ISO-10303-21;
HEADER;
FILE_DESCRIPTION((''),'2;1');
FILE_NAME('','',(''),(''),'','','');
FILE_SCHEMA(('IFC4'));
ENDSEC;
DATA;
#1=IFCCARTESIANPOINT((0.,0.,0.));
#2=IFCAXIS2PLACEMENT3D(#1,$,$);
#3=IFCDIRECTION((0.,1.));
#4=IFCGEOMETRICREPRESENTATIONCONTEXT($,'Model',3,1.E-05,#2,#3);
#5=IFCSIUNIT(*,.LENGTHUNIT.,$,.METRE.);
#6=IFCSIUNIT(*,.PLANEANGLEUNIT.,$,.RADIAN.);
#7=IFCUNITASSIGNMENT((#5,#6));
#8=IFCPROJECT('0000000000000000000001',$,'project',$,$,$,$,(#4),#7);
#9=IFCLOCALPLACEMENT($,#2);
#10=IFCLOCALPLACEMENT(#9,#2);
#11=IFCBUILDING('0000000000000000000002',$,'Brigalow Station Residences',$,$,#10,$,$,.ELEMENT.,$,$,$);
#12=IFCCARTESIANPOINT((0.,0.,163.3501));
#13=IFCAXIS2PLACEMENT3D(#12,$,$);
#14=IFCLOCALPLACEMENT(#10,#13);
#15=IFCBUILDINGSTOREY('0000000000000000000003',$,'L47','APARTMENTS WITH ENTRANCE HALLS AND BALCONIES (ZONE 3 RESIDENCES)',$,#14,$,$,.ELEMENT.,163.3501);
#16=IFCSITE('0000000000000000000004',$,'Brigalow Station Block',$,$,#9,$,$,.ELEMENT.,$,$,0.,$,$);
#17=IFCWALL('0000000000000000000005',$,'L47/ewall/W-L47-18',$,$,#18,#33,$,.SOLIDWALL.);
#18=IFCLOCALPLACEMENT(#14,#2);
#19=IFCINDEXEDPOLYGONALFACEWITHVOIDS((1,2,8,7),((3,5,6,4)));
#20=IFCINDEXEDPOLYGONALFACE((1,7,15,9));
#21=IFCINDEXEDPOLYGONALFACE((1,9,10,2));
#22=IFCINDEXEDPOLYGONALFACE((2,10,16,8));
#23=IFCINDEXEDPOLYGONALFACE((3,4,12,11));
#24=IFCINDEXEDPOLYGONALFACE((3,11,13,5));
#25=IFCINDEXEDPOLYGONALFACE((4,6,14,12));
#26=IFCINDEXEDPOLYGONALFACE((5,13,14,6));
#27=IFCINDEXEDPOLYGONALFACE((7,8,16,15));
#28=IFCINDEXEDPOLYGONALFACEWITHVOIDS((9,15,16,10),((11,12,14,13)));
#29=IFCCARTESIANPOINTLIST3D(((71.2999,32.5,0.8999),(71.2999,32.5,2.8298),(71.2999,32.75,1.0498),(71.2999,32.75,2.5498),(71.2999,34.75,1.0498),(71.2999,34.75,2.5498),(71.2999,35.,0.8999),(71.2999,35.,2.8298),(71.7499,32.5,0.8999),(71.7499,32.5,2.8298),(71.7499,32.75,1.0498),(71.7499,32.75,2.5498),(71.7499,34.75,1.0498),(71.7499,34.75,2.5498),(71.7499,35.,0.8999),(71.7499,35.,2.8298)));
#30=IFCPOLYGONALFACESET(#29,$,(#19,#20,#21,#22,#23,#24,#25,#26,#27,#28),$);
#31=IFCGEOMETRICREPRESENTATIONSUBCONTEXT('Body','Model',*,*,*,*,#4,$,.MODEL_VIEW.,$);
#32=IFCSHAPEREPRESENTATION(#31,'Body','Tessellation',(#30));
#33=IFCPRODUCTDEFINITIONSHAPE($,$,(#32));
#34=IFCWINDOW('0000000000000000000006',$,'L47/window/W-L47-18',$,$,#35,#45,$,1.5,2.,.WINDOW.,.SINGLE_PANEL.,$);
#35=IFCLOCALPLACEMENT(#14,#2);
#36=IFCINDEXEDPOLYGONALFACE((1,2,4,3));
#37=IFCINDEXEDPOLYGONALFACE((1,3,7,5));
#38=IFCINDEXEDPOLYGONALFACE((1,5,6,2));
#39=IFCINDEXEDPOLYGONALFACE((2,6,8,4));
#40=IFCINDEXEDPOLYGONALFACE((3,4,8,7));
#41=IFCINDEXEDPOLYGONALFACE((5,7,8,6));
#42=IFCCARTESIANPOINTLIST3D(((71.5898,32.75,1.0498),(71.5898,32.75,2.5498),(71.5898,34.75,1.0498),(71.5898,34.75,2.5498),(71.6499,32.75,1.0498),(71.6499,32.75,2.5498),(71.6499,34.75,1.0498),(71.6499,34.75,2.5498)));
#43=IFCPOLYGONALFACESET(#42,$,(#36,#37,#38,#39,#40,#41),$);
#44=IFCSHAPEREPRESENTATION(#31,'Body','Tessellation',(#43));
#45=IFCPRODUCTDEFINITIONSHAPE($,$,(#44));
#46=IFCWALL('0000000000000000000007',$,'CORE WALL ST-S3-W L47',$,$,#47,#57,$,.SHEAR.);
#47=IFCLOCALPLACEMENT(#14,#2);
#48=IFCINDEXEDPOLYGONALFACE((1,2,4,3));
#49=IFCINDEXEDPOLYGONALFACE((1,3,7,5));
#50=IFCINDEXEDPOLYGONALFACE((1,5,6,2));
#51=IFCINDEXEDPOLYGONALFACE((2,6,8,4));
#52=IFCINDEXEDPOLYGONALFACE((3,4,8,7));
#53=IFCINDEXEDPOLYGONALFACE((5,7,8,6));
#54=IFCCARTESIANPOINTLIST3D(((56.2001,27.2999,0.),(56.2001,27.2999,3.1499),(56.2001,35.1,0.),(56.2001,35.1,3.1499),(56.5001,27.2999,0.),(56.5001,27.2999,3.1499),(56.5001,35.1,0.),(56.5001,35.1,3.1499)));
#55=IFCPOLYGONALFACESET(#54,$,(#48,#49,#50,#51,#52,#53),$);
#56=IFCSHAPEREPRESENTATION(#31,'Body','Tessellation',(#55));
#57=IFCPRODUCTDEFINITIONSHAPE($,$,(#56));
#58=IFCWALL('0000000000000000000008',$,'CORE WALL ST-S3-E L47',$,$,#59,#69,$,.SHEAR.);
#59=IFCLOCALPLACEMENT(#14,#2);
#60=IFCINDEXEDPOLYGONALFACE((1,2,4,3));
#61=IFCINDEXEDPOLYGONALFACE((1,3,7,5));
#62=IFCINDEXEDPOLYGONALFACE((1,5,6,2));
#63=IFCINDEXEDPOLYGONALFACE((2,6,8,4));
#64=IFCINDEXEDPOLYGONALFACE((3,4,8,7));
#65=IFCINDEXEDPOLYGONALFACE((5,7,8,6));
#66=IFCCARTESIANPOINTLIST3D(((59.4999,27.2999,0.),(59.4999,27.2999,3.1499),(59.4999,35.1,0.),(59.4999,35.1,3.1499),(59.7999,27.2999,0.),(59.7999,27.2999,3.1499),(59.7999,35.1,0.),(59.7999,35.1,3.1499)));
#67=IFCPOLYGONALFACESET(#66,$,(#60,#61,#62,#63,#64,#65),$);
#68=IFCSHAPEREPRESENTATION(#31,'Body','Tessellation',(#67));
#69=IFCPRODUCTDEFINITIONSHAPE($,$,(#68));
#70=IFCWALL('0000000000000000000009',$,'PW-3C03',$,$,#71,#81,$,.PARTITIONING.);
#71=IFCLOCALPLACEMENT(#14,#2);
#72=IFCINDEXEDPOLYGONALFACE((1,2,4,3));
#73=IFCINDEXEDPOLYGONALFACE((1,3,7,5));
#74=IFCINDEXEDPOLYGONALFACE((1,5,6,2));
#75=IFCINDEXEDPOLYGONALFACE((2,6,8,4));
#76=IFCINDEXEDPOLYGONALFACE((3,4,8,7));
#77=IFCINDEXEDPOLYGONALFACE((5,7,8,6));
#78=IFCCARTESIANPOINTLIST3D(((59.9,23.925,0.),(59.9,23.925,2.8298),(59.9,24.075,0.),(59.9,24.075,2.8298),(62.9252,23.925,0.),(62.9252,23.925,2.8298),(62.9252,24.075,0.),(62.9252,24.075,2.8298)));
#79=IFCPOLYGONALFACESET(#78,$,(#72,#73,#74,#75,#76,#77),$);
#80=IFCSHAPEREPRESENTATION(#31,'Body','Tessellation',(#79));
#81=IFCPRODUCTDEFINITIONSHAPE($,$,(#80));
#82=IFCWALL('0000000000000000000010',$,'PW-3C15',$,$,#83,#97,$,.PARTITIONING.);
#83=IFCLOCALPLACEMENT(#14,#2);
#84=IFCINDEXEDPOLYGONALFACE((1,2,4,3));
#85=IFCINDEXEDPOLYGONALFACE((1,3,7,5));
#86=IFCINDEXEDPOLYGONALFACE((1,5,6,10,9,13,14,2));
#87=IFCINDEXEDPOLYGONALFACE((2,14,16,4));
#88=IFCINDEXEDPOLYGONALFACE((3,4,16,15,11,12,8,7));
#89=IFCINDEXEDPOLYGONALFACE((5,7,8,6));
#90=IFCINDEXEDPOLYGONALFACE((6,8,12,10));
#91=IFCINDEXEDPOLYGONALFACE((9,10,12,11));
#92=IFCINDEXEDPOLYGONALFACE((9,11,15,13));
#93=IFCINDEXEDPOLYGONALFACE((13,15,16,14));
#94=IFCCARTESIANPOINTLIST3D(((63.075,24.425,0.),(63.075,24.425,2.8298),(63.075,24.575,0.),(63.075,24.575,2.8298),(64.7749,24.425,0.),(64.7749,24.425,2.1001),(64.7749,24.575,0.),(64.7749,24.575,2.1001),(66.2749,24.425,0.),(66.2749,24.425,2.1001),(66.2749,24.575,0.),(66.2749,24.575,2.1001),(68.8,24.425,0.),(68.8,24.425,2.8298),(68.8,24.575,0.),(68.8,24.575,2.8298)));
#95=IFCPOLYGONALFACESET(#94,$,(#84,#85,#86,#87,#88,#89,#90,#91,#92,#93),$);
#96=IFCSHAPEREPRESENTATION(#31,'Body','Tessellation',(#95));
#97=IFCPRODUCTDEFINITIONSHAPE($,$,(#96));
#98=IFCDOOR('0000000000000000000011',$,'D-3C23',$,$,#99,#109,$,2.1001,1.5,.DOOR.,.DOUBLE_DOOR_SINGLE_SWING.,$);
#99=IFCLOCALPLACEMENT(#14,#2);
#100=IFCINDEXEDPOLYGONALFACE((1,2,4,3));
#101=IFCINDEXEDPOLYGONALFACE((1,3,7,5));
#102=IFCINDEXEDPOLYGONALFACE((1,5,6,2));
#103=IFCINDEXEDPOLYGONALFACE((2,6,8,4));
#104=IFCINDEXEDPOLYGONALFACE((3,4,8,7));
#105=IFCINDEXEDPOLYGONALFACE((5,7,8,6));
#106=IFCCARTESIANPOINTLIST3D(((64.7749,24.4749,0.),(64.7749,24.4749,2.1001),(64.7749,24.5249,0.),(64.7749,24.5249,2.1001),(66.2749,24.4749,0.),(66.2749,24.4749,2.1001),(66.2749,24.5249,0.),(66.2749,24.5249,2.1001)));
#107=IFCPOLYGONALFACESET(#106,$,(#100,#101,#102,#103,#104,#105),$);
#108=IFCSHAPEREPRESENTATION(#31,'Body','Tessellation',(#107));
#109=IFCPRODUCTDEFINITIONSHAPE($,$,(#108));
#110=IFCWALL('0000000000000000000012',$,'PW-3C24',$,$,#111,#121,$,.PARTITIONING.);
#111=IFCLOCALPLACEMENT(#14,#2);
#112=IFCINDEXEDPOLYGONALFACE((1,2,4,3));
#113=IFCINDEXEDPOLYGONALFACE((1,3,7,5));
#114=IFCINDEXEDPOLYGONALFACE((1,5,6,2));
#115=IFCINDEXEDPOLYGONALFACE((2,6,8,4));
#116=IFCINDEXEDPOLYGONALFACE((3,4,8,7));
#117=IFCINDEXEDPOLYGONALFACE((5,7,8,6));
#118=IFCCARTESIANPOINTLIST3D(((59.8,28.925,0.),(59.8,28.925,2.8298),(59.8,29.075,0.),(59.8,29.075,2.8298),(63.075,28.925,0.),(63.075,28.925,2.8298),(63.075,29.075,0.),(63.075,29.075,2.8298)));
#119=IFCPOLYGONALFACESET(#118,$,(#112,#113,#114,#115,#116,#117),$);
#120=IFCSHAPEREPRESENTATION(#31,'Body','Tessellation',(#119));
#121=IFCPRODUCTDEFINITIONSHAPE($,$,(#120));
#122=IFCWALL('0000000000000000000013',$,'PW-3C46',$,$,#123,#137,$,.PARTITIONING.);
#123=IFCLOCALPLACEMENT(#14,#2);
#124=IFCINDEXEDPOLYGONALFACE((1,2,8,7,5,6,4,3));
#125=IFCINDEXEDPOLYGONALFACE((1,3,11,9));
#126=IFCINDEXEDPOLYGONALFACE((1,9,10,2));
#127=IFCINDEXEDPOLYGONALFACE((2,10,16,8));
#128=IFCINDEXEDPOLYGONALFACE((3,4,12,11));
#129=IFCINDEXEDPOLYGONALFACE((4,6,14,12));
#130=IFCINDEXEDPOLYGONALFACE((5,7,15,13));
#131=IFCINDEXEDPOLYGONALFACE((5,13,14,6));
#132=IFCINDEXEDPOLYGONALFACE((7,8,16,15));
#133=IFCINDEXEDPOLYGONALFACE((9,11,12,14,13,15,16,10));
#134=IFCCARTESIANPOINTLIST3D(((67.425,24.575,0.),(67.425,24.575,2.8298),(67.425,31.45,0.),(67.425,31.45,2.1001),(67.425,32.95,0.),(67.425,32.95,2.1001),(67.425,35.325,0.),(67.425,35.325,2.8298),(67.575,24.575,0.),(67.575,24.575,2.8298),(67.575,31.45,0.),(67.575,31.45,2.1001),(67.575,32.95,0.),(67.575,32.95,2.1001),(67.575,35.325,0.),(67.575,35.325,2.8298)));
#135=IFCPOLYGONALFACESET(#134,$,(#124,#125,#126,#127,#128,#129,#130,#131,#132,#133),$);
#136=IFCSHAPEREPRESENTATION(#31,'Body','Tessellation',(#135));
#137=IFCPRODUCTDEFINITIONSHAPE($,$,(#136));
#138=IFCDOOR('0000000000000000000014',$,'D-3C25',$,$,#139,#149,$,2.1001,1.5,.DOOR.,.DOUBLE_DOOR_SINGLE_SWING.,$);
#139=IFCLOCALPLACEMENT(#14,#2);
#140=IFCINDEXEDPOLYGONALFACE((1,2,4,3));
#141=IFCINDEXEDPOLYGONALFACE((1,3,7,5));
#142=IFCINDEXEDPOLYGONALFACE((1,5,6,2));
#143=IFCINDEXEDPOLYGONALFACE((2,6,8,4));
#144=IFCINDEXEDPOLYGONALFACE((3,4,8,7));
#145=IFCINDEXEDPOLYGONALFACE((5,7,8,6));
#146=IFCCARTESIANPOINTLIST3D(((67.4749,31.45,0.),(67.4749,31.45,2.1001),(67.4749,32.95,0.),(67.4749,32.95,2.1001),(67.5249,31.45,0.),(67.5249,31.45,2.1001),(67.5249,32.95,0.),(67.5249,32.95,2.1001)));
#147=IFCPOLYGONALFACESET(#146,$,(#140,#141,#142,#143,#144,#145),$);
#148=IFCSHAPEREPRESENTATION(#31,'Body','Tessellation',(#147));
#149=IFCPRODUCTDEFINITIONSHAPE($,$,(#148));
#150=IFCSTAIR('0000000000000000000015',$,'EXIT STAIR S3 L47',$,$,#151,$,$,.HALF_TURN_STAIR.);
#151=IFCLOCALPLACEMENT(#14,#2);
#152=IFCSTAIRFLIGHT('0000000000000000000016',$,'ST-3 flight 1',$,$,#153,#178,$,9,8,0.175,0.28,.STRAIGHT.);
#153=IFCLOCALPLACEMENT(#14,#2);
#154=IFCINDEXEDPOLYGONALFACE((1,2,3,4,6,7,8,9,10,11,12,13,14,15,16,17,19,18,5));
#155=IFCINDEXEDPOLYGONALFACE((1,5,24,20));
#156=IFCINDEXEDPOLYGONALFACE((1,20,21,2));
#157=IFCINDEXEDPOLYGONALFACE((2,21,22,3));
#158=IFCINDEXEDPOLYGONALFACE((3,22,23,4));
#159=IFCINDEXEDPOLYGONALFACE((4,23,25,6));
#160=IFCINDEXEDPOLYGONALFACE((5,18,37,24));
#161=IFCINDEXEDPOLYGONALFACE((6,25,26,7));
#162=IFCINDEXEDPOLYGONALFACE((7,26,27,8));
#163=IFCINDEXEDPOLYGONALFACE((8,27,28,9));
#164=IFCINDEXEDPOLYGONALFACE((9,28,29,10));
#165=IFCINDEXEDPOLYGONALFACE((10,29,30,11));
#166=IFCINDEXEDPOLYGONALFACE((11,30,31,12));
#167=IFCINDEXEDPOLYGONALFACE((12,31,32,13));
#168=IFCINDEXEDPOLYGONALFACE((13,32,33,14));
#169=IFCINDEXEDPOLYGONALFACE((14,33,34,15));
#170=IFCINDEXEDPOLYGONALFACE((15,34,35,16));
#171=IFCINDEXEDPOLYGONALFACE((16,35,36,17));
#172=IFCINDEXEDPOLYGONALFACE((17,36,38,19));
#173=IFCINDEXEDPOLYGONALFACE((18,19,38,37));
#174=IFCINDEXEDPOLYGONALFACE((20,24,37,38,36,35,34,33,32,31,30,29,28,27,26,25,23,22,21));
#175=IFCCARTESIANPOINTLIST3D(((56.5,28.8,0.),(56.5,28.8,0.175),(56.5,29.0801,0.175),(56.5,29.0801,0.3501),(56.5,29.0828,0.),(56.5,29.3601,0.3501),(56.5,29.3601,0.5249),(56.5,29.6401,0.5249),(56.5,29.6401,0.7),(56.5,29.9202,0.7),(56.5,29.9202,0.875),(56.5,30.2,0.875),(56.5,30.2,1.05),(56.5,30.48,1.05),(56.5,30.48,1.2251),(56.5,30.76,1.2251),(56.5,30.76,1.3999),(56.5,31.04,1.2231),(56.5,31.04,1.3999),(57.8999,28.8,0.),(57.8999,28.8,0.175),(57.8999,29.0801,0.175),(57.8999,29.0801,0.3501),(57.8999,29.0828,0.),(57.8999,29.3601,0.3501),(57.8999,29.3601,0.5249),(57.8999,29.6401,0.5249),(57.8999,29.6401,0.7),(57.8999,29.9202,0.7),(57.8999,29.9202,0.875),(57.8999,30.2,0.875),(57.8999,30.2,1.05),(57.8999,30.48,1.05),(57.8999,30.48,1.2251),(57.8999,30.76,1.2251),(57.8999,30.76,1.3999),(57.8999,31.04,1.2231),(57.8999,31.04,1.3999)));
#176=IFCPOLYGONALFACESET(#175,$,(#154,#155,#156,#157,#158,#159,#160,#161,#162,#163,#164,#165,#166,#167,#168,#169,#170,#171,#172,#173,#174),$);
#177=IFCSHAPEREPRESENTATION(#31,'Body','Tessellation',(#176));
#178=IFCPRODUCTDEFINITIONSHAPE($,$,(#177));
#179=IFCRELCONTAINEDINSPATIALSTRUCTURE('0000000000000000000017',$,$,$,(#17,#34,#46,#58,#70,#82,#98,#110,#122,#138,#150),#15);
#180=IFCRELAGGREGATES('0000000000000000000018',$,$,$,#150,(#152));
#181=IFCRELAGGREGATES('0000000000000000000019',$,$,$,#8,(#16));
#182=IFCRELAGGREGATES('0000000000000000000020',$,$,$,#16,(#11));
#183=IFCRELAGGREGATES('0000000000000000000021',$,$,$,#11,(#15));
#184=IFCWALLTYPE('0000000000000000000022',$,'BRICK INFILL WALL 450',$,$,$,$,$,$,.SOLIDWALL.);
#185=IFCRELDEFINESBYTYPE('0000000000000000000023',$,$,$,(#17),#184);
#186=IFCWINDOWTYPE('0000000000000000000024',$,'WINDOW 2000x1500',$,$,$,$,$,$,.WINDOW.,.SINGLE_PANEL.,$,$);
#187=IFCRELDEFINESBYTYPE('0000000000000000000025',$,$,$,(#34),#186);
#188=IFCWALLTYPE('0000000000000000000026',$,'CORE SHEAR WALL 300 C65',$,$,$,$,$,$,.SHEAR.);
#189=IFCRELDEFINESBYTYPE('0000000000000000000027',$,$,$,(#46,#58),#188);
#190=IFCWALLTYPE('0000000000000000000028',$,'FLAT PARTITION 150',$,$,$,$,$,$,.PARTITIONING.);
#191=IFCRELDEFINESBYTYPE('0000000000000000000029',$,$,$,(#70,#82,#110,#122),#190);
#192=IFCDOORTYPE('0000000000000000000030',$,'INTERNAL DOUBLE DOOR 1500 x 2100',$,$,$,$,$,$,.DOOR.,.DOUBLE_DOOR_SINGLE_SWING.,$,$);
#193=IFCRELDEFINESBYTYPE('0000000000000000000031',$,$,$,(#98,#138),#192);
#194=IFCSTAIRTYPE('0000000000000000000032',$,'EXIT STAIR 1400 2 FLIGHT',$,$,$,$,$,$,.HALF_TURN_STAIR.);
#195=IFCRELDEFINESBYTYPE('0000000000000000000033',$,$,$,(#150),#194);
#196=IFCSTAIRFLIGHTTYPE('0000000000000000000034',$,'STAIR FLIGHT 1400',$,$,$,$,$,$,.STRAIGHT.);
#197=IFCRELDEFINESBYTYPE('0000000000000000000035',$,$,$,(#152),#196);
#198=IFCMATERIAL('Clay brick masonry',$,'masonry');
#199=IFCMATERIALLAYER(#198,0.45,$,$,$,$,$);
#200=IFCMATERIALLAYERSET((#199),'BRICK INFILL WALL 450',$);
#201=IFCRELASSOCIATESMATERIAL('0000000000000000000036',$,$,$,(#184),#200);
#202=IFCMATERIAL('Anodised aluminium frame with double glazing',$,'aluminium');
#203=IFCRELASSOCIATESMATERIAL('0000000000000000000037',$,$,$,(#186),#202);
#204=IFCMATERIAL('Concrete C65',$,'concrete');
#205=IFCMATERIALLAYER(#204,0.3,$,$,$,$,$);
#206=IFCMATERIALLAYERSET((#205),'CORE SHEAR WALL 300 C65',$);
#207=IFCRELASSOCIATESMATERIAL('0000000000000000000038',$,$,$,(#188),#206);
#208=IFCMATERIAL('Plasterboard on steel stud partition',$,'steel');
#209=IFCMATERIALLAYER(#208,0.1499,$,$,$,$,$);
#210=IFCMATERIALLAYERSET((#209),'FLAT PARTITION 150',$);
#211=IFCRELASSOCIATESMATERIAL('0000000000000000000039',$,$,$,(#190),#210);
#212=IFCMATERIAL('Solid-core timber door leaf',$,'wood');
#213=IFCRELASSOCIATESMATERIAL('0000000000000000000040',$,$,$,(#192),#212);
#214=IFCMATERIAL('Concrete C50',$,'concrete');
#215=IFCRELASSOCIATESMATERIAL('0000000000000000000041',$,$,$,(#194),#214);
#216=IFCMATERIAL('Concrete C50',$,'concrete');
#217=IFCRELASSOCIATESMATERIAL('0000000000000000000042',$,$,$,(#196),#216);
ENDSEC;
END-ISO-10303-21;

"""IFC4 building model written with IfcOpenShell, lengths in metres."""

from ifc_helpers import new_model, si_unit, direction, frame, frame_2d, origin, place, context, subcontext, project, spatial, polyline, rectangle, outline, extrude, material, layer, layer_set, type_object, element, fill, aggregate, save


model = new_model("IFC4")

# Units and contexts
model_context = context("Model", 3, precision=1e-05, world=origin(), true_north=direction((0.0, 1.0)))
body_context = subcontext(model_context, "Body", "Model", "MODEL_VIEW")
ifc_project = project(units=[si_unit("LENGTHUNIT", "METRE"), si_unit("PLANEANGLEUNIT", "RADIAN")], contexts=[model_context])

# Site, building, storey
site_placement = place(None, origin())
site = spatial("IfcSite", under=ifc_project, at=site_placement, Name="Brigalow Station Block", CompositionType="ELEMENT", RefElevation=0.0)
building_placement = place(site_placement, origin())
building = spatial("IfcBuilding", under=site, at=building_placement, Name="Brigalow Station Residences", CompositionType="ELEMENT")
storey_placement = place(building_placement, frame((0.0, 0.0, 163.3501)))
storey = spatial("IfcBuildingStorey", under=building, at=storey_placement, Name="L47", Description="APARTMENTS WITH ENTRANCE HALLS AND BALCONIES (ZONE 3 RESIDENCES)", CompositionType="ELEMENT", Elevation=163.3501)

# Shared definitions
ifc_material_1 = material(Name="Clay brick masonry", Category="masonry")
ifc_layer_1 = layer(ifc_material_1, 0.45)
ifc_layer_set_1 = layer_set([ifc_layer_1], Name="BRICK INFILL WALL 450")
wall_type_1 = type_object("IfcWallType", Name="BRICK INFILL WALL 450", PredefinedType="SOLIDWALL", material=ifc_layer_set_1)

# Wall, opening, window
wall_1_placement = place(storey_placement, frame((71.5249, 32.5, 0.8999), z_axis=(0.0, 0.0, 1.0), x_axis=(0.0, 1.0, 0.0)))
wall_1 = element("IfcWall", 1, at=wall_1_placement, inside=storey, type_object=wall_type_1, Name="L47/ewall/W-L47-18", PredefinedType="SOLIDWALL", context=body_context, shape_type="SweptSolid", body=[
    extrude(rectangle(XDim=2.5, YDim=0.45, at=frame_2d((1.25, 0.0))), origin(), (0.0, 0.0, 1.0), 1.9299),
])
opening_1_placement = place(wall_1_placement, frame((0.25, 0.0, 0.1499)))
opening_1 = element("IfcOpeningElement", 2, at=opening_1_placement, cuts=wall_1, PredefinedType="OPENING", context=body_context, shape_type="SweptSolid", body=[
    extrude(rectangle(XDim=2.0, YDim=1.5, at=frame_2d((1.0, 0.75))), frame((0.0, 0.2349, 0.0), z_axis=(0.0, -1.0, 0.0), x_axis=(1.0, 0.0, 0.0)), (0.0, 0.0, 1.0), 0.47),
])
ifc_material_2 = material(Name="Anodised aluminium frame with double glazing", Category="aluminium")
window_type_1 = type_object("IfcWindowType", Name="WINDOW 2000x1500", PartitioningType="SINGLE_PANEL", PredefinedType="WINDOW", material=ifc_material_2)
window_1_placement = place(opening_1_placement, origin())
window_1 = element("IfcWindow", 3, at=window_1_placement, inside=storey, type_object=window_type_1, Name="L47/window/W-L47-18", OverallHeight=1.5, OverallWidth=2.0, PartitioningType="SINGLE_PANEL", PredefinedType="WINDOW", context=body_context, shape_type="SweptSolid", body=[
    extrude(rectangle(XDim=2.0, YDim=1.5, at=frame_2d((1.0, 0.75))), frame((0.0, -0.0649, 0.0), z_axis=(0.0, -1.0, 0.0), x_axis=(1.0, 0.0, 0.0)), (0.0, 0.0, 1.0), 0.0601),
])
fill(opening_1, window_1)

# Walls
ifc_material_3 = material(Name="Concrete C65", Category="concrete")
ifc_layer_2 = layer(ifc_material_3, 0.3)
ifc_layer_set_2 = layer_set([ifc_layer_2], Name="CORE SHEAR WALL 300 C65")
wall_type_2 = type_object("IfcWallType", Name="CORE SHEAR WALL 300 C65", PredefinedType="SHEAR", material=ifc_layer_set_2)
for number, where, z_axis, x_axis, name in (
    (4, (56.3501, 27.3, 0.0), (0.0, 0.0, 1.0), (0.0, 1.0, 0.0), "CORE WALL ST-S3-W L47"),
    (5, (59.6499, 27.3, 0.0), (0.0, 0.0, 1.0), (0.0, 1.0, 0.0), "CORE WALL ST-S3-E L47"),
):
    element("IfcWall", number, at=place(storey_placement, frame(where, z_axis=z_axis, x_axis=x_axis)), inside=storey, type_object=wall_type_2, Name=name, PredefinedType="SHEAR", context=body_context, shape_type="SweptSolid", body=[
        extrude(rectangle(XDim=7.8, YDim=0.3, at=frame_2d((3.8999, 0.0))), origin(), (0.0, 0.0, 1.0), 3.1499),
    ])
ifc_material_4 = material(Name="Plasterboard on steel stud partition", Category="steel")
ifc_layer_3 = layer(ifc_material_4, 0.1499)
ifc_layer_set_3 = layer_set([ifc_layer_3], Name="FLAT PARTITION 150")
wall_type_3 = type_object("IfcWallType", Name="FLAT PARTITION 150", PredefinedType="PARTITIONING", material=ifc_layer_set_3)
wall_2_placement = place(storey_placement, frame((59.8999, 24.0, 0.0), z_axis=(0.0, 0.0, 1.0), x_axis=(1.0, 0.0, 0.0)))
element("IfcWall", 6, at=wall_2_placement, inside=storey, type_object=wall_type_3, Name="PW-3C03", PredefinedType="PARTITIONING", context=body_context, shape_type="SweptSolid", body=[
    extrude(rectangle(XDim=3.0251, YDim=0.1499, at=frame_2d((1.5127, 0.0))), origin(), (0.0, 0.0, 1.0), 2.8298),
])

# Wall, opening, door
wall_3_placement = place(storey_placement, frame((63.075, 24.5, 0.0), z_axis=(0.0, 0.0, 1.0), x_axis=(1.0, 0.0, 0.0)))
wall_3 = element("IfcWall", 7, at=wall_3_placement, inside=storey, type_object=wall_type_3, Name="PW-3C15", PredefinedType="PARTITIONING", context=body_context, shape_type="SweptSolid", body=[
    extrude(rectangle(XDim=5.7251, YDim=0.1499, at=frame_2d((2.8625, 0.0))), origin(), (0.0, 0.0, 1.0), 2.8298),
])
opening_2_placement = place(wall_3_placement, frame((1.7, 0.0, 0.0)))
opening_2 = element("IfcOpeningElement", 8, at=opening_2_placement, cuts=wall_3, PredefinedType="OPENING", context=body_context, shape_type="SweptSolid", body=[
    extrude(rectangle(XDim=1.5, YDim=2.1001, at=frame_2d((0.75, 1.05))), frame((0.0, 0.085, 0.0), z_axis=(0.0, -1.0, 0.0), x_axis=(1.0, 0.0, 0.0)), (0.0, 0.0, 1.0), 0.1699),
])
ifc_material_5 = material(Name="Solid-core timber door leaf", Category="wood")
door_type_1 = type_object("IfcDoorType", Name="INTERNAL DOUBLE DOOR 1500 x 2100", OperationType="DOUBLE_DOOR_SINGLE_SWING", PredefinedType="DOOR", material=ifc_material_5)
door_1_placement = place(opening_2_placement, origin())
door_1 = element("IfcDoor", 9, at=door_1_placement, inside=storey, type_object=door_type_1, Name="D-3C23", OperationType="DOUBLE_DOOR_SINGLE_SWING", OverallHeight=2.1001, OverallWidth=1.5, PredefinedType="DOOR", context=body_context, shape_type="SweptSolid", body=[
    extrude(rectangle(XDim=1.5, YDim=2.1001, at=frame_2d((0.75, 1.05))), frame((0.0, 0.0249, 0.0), z_axis=(0.0, -1.0, 0.0), x_axis=(1.0, 0.0, 0.0)), (0.0, 0.0, 1.0), 0.05),
])
fill(opening_2, door_1)

# Wall
wall_4_placement = place(storey_placement, frame((59.8, 29.0, 0.0), z_axis=(0.0, 0.0, 1.0), x_axis=(1.0, 0.0, 0.0)))
element("IfcWall", 10, at=wall_4_placement, inside=storey, type_object=wall_type_3, Name="PW-3C24", PredefinedType="PARTITIONING", context=body_context, shape_type="SweptSolid", body=[
    extrude(rectangle(XDim=3.2749, YDim=0.1499, at=frame_2d((1.6375, 0.0))), origin(), (0.0, 0.0, 1.0), 2.8298),
])

# Wall, opening, door
wall_5_placement = place(storey_placement, frame((67.5, 24.575, 0.0), z_axis=(0.0, 0.0, 1.0), x_axis=(0.0, 1.0, 0.0)))
wall_5 = element("IfcWall", 11, at=wall_5_placement, inside=storey, type_object=wall_type_3, Name="PW-3C46", PredefinedType="PARTITIONING", context=body_context, shape_type="SweptSolid", body=[
    extrude(rectangle(XDim=10.75, YDim=0.1499, at=frame_2d((5.375, 0.0))), origin(), (0.0, 0.0, 1.0), 2.8298),
])
opening_3_placement = place(wall_5_placement, frame((6.875, 0.0, 0.0)))
opening_3 = element("IfcOpeningElement", 12, at=opening_3_placement, cuts=wall_5, PredefinedType="OPENING", context=body_context, shape_type="SweptSolid", body=[
    extrude(rectangle(XDim=1.5, YDim=2.1001, at=frame_2d((0.75, 1.05))), frame((0.0, 0.085, 0.0), z_axis=(0.0, -1.0, 0.0), x_axis=(1.0, 0.0, 0.0)), (0.0, 0.0, 1.0), 0.1699),
])
door_2_placement = place(opening_3_placement, frame((1.5, 0.0, 0.0), z_axis=(0.0, 0.0, 1.0), x_axis=(-1.0, 0.0, 0.0)))
door_2 = element("IfcDoor", 13, at=door_2_placement, inside=storey, type_object=door_type_1, Name="D-3C25", OperationType="DOUBLE_DOOR_SINGLE_SWING", OverallHeight=2.1001, OverallWidth=1.5, PredefinedType="DOOR", context=body_context, shape_type="SweptSolid", body=[
    extrude(rectangle(XDim=1.5, YDim=2.1001, at=frame_2d((0.75, 1.05))), frame((0.0, 0.0249, 0.0), z_axis=(0.0, -1.0, 0.0), x_axis=(1.0, 0.0, 0.0)), (0.0, 0.0, 1.0), 0.05),
])
fill(opening_3, door_2)

# Stair, stair flight
ifc_material_6 = material(Name="Concrete C50", Category="concrete")
stair_type = type_object("IfcStairType", Name="EXIT STAIR 1400 2 FLIGHT", PredefinedType="HALF_TURN_STAIR", material=ifc_material_6)
stair_placement = place(storey_placement, origin())
stair = element("IfcStair", 14, at=stair_placement, inside=storey, type_object=stair_type, Name="EXIT STAIR S3 L47", PredefinedType="HALF_TURN_STAIR")
ifc_material_7 = material(Name="Concrete C50", Category="concrete")
stair_flight_type = type_object("IfcStairFlightType", Name="STAIR FLIGHT 1400", PredefinedType="STRAIGHT", material=ifc_material_7)
stair_flight_1_placement = place(storey_placement, frame((57.2, 28.8, 0.0), z_axis=(0.0, 0.0, 1.0), x_axis=(0.0, 1.0, 0.0)))
stair_flight_1 = element("IfcStairFlight", 15, at=stair_flight_1_placement, type_object=stair_flight_type, Name="ST-3 flight 1", NumberOfRisers=9, NumberOfTreads=8, PredefinedType="STRAIGHT", RiserHeight=0.175, TreadLength=0.28, context=body_context, shape_type="SweptSolid", body=[
    extrude(outline(polyline([(0.0, 0.0), (0.0, 0.175), (0.28, 0.175), (0.28, 0.3501), (0.5601, 0.3501), (0.5601, 0.5249), (0.8401, 0.5249), (0.8401, 0.7), (1.1201, 0.7), (1.1201, 0.875), (1.3999, 0.875), (1.3999, 1.05), (1.6799, 1.05), (1.6799, 1.2251), (1.96, 1.2251), (1.96, 1.3999), (2.24, 1.3999), (2.24, 1.575), (2.24, 1.2231), (0.2827, 0.0), (0.0, 0.0)])), frame((0.0, 0.7, 0.0), z_axis=(0.0, -1.0, 0.0), x_axis=(1.0, 0.0, 0.0)), (0.0, 0.0, 1.0), 1.3999),
])
aggregate(stair, [stair_flight_1])

save(model, "model.ifc")
